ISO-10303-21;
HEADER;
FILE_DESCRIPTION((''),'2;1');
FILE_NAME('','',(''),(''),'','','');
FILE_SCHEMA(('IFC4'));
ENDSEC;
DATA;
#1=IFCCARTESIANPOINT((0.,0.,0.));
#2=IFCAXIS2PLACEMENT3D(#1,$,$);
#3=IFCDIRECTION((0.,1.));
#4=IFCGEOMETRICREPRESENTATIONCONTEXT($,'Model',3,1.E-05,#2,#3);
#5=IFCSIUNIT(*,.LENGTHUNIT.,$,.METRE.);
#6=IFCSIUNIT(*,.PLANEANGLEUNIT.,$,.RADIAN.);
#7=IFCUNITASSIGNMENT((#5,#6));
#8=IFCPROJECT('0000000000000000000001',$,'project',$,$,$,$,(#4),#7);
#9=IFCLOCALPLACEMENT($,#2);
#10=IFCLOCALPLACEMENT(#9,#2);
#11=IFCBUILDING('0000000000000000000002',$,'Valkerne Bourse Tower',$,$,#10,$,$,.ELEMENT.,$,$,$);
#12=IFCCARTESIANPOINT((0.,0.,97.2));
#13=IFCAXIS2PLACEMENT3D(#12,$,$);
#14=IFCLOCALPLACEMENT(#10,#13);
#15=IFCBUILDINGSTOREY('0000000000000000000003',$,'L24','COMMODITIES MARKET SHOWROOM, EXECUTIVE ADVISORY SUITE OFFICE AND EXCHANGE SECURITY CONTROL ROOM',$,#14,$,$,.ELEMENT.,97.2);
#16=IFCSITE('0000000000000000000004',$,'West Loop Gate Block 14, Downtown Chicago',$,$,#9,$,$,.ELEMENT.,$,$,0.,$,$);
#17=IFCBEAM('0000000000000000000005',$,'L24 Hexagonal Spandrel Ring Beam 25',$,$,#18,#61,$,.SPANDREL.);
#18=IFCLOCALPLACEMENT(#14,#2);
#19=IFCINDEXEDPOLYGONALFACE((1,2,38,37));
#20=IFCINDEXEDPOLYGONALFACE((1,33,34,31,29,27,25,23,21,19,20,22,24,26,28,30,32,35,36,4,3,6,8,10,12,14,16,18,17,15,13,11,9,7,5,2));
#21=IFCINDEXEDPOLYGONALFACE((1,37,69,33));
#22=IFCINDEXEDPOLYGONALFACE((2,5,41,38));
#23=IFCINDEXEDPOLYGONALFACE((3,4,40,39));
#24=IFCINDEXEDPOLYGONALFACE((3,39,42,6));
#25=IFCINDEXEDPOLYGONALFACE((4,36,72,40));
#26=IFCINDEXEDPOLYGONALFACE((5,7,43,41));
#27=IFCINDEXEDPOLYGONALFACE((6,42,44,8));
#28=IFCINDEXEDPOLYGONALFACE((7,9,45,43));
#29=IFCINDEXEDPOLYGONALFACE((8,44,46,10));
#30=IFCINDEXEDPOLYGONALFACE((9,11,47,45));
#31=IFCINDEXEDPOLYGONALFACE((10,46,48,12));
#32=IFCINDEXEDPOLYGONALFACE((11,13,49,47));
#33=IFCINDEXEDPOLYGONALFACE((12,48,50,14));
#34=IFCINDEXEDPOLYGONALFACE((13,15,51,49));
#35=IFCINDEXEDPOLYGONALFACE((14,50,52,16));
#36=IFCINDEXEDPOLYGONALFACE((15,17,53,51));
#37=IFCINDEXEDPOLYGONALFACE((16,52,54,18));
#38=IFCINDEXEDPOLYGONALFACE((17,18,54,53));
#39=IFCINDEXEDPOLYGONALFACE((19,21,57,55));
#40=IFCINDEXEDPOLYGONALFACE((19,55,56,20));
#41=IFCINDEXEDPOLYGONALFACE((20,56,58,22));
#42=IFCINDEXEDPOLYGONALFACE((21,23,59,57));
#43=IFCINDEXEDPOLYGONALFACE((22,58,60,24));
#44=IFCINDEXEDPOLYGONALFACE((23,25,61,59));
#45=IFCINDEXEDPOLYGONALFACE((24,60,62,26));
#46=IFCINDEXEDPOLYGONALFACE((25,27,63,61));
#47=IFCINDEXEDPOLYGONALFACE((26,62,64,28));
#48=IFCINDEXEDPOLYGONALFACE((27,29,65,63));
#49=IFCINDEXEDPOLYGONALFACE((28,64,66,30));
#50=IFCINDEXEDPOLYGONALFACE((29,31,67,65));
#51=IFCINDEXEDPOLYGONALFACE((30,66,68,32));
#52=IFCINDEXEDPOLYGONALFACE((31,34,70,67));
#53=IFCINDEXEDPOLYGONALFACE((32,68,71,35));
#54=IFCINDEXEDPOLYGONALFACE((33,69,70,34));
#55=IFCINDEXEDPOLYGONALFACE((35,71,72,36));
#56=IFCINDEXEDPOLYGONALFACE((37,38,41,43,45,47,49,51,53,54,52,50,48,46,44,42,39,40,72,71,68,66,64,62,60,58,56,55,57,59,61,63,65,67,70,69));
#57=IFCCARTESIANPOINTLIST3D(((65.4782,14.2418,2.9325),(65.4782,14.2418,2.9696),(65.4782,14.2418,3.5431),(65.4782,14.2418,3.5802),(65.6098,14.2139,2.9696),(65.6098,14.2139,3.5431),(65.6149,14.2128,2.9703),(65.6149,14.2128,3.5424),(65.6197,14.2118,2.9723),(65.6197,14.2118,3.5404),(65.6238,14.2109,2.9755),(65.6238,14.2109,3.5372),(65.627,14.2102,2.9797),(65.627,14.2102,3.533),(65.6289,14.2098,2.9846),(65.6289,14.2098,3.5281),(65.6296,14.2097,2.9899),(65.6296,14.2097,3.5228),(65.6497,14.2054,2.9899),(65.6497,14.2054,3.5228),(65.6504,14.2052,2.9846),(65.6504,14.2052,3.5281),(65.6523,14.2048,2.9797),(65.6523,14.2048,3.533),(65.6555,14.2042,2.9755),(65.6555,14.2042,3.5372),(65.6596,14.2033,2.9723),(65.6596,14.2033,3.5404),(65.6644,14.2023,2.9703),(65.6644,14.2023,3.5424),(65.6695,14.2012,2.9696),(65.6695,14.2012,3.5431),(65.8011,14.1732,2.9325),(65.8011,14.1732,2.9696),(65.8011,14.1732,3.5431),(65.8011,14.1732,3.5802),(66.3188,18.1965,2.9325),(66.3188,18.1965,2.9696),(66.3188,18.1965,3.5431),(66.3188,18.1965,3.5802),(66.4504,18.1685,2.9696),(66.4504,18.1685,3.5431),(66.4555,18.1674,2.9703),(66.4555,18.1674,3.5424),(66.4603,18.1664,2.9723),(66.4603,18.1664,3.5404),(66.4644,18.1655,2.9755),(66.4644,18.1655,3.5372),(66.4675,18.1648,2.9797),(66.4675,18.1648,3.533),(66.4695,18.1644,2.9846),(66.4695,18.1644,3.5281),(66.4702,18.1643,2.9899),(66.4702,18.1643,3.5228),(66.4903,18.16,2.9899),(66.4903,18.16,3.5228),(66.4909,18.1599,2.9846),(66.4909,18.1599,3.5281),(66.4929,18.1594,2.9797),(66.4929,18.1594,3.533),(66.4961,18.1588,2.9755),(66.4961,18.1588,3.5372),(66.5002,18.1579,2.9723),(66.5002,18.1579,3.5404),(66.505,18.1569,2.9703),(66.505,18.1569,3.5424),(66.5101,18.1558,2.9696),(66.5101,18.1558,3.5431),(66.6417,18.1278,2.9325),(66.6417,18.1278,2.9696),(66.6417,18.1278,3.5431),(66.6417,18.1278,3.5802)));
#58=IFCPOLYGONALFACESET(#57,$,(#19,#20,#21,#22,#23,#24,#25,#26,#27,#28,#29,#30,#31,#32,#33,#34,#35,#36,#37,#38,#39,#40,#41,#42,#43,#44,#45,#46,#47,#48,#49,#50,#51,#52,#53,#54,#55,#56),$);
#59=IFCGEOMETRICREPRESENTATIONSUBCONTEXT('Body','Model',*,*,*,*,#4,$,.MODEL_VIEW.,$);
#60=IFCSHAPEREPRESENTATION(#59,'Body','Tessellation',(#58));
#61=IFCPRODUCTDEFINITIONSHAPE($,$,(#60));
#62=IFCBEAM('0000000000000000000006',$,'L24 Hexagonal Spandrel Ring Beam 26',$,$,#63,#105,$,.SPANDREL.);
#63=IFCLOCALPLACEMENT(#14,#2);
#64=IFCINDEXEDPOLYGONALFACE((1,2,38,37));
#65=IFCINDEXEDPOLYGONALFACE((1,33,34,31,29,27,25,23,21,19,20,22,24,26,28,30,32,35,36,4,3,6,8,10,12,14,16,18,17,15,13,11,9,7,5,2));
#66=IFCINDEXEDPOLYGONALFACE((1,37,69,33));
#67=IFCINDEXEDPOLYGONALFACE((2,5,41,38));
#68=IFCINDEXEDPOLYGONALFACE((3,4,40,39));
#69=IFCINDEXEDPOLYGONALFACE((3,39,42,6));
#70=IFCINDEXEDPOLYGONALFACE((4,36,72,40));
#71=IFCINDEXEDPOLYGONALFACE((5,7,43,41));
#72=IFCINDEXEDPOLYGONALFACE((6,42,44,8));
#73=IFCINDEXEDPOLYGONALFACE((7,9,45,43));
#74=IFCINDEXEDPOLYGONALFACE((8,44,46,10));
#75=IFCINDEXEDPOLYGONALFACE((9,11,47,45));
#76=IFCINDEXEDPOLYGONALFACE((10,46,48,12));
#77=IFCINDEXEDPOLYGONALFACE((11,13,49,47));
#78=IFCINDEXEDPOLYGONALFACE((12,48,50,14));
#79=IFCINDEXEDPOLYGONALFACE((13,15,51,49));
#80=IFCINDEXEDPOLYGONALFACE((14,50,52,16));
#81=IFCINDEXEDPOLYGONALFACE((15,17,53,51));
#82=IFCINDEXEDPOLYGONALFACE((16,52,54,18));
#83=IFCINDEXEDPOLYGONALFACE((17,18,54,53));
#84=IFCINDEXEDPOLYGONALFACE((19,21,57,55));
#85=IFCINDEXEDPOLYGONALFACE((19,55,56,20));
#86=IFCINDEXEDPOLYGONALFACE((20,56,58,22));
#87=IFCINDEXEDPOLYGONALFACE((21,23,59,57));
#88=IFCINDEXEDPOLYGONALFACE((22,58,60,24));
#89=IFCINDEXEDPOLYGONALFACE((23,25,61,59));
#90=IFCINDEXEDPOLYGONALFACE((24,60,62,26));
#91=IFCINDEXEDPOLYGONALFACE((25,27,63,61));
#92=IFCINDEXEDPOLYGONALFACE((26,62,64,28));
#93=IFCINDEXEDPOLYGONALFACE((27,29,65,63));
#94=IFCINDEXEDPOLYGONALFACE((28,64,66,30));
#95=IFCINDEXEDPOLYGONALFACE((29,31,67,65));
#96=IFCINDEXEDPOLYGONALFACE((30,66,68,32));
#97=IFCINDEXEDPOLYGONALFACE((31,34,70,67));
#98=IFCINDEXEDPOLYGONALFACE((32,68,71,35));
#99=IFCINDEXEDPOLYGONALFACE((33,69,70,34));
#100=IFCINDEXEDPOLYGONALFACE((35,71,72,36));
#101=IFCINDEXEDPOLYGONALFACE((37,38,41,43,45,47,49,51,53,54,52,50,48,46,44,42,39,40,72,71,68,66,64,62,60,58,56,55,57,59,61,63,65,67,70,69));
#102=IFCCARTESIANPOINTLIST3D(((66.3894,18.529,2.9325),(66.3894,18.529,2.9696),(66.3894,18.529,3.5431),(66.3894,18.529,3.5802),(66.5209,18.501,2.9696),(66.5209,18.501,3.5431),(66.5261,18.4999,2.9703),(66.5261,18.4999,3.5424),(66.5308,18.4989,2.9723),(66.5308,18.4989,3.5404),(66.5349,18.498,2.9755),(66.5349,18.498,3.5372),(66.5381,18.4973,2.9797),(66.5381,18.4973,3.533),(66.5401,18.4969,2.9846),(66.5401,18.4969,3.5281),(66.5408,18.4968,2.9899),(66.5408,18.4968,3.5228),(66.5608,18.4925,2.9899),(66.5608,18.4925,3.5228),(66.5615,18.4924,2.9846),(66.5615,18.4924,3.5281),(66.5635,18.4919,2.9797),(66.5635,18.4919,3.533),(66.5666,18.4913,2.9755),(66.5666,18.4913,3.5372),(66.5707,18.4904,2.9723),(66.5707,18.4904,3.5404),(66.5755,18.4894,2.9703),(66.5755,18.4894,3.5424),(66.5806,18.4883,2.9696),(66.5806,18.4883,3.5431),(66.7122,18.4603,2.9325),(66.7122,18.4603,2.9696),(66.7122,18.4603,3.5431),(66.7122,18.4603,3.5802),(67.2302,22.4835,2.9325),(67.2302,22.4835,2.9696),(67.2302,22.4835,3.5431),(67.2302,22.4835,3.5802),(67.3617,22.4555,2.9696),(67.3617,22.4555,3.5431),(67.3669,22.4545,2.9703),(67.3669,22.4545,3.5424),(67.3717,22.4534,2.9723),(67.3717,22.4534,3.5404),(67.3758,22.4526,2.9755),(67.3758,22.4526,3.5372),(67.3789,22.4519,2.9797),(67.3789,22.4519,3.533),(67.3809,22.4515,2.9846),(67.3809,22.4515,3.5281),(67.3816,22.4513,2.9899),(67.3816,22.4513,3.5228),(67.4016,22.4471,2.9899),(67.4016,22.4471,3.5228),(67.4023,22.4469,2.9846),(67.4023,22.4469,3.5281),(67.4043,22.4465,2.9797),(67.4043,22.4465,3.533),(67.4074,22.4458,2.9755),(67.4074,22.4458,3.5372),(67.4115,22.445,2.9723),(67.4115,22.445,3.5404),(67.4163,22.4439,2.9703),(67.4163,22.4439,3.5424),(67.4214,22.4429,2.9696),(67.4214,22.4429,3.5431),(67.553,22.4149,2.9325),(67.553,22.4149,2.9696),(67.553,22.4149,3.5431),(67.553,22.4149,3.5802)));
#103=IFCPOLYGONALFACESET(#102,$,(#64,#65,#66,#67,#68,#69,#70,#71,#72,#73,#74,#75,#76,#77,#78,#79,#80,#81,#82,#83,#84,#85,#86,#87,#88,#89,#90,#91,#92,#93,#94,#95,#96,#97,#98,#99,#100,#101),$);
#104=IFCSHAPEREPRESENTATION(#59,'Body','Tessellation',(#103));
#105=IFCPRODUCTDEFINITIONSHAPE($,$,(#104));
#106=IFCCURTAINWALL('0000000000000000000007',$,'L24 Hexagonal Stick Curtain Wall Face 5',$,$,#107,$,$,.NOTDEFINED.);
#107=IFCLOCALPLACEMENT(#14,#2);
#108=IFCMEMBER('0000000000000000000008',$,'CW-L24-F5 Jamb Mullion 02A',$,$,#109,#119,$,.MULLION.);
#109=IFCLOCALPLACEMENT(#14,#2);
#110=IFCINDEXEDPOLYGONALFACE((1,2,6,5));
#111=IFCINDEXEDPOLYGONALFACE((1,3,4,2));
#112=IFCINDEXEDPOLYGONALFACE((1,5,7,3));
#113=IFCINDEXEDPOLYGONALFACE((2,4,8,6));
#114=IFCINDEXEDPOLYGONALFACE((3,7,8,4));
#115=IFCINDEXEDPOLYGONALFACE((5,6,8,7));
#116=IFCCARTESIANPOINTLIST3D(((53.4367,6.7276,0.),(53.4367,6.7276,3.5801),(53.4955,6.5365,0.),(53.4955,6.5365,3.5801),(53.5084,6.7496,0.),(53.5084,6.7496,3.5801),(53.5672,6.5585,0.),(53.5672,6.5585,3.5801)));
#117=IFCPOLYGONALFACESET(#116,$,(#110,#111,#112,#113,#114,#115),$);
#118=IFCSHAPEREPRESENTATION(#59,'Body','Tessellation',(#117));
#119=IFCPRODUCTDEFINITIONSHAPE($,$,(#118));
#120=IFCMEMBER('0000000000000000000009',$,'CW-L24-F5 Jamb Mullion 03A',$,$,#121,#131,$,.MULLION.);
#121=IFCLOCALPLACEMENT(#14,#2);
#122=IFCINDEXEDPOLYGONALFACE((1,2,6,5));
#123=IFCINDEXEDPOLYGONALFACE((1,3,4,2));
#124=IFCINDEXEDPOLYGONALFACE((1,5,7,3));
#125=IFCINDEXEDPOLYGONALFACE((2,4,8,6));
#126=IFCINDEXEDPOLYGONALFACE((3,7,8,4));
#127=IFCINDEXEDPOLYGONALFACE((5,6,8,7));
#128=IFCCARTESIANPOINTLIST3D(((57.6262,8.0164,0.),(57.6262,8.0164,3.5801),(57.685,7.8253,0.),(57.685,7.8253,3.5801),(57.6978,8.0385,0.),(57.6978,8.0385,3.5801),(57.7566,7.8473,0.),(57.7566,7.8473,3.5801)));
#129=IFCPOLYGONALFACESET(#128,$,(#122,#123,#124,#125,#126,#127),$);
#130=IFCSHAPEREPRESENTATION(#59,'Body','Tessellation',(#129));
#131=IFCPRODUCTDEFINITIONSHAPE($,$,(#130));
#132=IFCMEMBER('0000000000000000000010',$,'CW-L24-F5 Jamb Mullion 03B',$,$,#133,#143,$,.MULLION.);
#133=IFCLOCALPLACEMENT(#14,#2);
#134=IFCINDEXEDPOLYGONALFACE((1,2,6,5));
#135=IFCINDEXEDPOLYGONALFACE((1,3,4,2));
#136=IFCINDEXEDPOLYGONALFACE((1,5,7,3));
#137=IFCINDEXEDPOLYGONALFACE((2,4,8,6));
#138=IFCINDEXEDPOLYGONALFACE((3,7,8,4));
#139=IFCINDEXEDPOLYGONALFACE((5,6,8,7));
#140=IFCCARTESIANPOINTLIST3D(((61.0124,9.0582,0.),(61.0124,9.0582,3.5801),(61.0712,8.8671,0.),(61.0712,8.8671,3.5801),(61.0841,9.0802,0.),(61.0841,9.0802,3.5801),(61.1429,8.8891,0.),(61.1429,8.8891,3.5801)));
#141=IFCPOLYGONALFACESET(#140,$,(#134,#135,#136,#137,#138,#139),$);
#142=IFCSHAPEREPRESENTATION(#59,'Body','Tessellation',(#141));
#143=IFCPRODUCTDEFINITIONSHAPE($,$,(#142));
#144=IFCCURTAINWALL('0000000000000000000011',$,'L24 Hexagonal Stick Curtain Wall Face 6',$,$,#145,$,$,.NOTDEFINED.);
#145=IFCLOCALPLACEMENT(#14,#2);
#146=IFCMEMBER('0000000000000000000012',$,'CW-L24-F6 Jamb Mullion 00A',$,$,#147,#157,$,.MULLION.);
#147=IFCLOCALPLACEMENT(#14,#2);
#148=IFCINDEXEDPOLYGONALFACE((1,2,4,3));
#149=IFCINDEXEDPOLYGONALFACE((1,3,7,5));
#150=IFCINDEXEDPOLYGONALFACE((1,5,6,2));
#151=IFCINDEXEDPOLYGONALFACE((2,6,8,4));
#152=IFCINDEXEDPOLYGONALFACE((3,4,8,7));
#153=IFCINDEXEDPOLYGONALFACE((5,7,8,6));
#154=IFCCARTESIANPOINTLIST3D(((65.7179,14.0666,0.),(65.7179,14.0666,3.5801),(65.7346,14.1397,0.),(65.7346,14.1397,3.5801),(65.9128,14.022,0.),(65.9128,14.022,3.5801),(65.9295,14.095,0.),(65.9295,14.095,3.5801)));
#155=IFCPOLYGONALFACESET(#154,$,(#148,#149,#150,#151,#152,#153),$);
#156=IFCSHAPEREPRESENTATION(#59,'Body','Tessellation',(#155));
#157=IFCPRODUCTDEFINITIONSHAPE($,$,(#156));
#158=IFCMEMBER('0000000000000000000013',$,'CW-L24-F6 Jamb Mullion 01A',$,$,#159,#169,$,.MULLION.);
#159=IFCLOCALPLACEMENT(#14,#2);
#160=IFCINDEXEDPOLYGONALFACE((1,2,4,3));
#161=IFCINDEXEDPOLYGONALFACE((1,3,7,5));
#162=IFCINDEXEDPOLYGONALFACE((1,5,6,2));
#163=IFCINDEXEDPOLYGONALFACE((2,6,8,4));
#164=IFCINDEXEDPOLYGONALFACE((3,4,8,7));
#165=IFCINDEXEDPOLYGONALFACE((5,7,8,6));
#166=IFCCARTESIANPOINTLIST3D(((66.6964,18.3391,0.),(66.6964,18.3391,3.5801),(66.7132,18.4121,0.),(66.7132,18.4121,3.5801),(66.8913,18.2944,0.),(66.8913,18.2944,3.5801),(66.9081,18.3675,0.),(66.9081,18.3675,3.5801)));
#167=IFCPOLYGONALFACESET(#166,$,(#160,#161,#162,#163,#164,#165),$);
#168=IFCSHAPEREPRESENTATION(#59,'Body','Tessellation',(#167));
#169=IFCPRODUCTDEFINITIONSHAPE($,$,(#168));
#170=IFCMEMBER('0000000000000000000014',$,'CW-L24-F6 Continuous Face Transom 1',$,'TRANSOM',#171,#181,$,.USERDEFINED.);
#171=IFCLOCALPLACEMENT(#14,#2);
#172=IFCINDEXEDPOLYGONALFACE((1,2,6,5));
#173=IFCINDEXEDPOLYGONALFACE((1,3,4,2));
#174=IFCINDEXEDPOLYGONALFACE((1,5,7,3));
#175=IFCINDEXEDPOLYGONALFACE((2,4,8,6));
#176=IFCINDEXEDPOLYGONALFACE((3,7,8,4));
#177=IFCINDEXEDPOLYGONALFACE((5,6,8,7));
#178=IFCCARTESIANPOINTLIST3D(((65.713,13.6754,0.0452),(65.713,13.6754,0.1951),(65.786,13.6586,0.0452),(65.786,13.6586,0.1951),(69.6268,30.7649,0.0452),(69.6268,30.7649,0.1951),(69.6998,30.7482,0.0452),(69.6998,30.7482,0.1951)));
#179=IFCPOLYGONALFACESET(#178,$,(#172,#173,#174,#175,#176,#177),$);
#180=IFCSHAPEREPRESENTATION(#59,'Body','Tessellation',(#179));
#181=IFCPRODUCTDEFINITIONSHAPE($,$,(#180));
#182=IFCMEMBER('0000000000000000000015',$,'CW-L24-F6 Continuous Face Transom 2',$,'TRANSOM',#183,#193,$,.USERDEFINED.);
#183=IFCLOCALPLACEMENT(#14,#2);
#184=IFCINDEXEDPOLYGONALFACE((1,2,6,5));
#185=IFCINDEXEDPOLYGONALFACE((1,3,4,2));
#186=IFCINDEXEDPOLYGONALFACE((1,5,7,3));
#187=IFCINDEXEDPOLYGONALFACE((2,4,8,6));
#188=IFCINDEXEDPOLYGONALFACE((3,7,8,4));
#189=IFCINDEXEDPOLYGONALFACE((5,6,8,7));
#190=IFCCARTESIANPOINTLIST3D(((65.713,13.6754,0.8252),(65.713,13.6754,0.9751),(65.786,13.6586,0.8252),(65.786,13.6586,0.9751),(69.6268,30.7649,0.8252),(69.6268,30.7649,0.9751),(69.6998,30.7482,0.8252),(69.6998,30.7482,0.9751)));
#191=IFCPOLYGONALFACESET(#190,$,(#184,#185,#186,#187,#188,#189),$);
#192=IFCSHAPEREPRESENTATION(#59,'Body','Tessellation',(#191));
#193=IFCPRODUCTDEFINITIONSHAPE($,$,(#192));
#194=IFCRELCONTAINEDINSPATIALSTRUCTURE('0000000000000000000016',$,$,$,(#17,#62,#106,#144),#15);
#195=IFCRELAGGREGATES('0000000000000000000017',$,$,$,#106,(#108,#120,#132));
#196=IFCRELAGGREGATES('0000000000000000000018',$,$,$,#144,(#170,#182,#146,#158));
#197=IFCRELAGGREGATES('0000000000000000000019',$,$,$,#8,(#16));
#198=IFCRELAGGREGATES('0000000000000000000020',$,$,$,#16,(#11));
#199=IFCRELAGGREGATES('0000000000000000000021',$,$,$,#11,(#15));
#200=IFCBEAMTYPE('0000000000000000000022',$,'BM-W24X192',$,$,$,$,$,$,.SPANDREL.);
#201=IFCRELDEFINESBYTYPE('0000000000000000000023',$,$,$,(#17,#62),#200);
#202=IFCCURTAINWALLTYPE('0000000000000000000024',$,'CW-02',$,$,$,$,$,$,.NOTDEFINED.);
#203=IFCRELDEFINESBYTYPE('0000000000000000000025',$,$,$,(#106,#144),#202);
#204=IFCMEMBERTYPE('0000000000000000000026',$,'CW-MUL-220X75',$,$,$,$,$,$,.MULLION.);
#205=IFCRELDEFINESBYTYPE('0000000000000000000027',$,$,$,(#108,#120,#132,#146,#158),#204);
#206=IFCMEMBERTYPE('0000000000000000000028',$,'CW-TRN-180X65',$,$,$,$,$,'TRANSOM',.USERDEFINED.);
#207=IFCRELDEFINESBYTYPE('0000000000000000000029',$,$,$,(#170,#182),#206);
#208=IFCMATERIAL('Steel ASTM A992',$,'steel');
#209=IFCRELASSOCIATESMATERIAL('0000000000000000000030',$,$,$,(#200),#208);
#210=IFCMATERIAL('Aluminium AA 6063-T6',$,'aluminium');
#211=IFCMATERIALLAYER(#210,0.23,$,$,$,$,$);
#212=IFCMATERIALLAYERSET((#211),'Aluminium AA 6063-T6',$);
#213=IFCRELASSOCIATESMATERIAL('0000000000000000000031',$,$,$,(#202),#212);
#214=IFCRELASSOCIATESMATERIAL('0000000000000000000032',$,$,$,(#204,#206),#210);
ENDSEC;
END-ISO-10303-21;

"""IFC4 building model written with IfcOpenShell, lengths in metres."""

from ifc_helpers import new_model, si_unit, direction, frame, origin, origin_2d, place, context, subcontext, project, spatial, rectangle, i_section, extrude, material, layer, layer_set, material_profile, profile_set, type_object, element, aggregate, save


model = new_model("IFC4")

# Units and contexts
model_context = context("Model", 3, precision=1e-05, world=origin(), true_north=direction((0.0, 1.0)))
body_context = subcontext(model_context, "Body", "Model", "MODEL_VIEW")
ifc_project = project(units=[si_unit("LENGTHUNIT", "METRE"), si_unit("PLANEANGLEUNIT", "RADIAN")], contexts=[model_context])

# Site, building, storey
site_placement = place(None, origin())
site = spatial("IfcSite", under=ifc_project, at=site_placement, Name="West Loop Gate Block 14, Downtown Chicago", CompositionType="ELEMENT", RefElevation=0.0)
building_placement = place(site_placement, origin())
building = spatial("IfcBuilding", under=site, at=building_placement, Name="Valkerne Bourse Tower", CompositionType="ELEMENT")
storey_placement = place(building_placement, frame((0.0, 0.0, 97.2)))
storey = spatial("IfcBuildingStorey", under=building, at=storey_placement, Name="L24", Description="COMMODITIES MARKET SHOWROOM, EXECUTIVE ADVISORY SUITE OFFICE AND EXCHANGE SECURITY CONTROL ROOM", CompositionType="ELEMENT", Elevation=97.2)

# Beams
ifc_material_1 = material(Name="Steel ASTM A992", Category="steel")
ifc_material_profile_1 = material_profile(ifc_material_1, i_section(OverallWidth=0.3301, OverallDepth=0.6477, WebThickness=0.0205, FlangeThickness=0.0371, FilletRadius=0.0203, at=origin_2d()), Name="W24X192")
ifc_profile_set_1 = profile_set([ifc_material_profile_1], Name="Steel ASTM A992")
beam_type = type_object("IfcBeamType", Name="BM-W24X192", PredefinedType="SPANDREL", material=ifc_profile_set_1)
for number, where, z_axis, x_axis, name in (
    (1, (65.6396, 14.2075, 3.2563), (0.207912, 0.978147, 0.0), (-0.978147, 0.207912, 0.0), "L24 Hexagonal Spandrel Ring Beam 25"),
    (2, (66.5508, 18.4946, 3.2563), (0.20797, 0.978135, 0.0), (-0.978135, 0.20797, 0.0), "L24 Hexagonal Spandrel Ring Beam 26"),
):
    element("IfcBeam", number, at=place(storey_placement, frame(where, z_axis=z_axis, x_axis=x_axis)), inside=storey, type_object=beam_type, Name=name, PredefinedType="SPANDREL", context=body_context, shape_type="SweptSolid", body=[
        extrude(i_section(OverallWidth=0.3301, OverallDepth=0.6477, WebThickness=0.0205, FlangeThickness=0.0371, FilletRadius=0.0203, at=origin_2d()), origin(), (0.0, 0.0, 1.0), 4.043),
    ])

# Curtain walls, members
ifc_material_2 = material(Name="Aluminium AA 6063-T6", Category="aluminium")
ifc_layer_1 = layer(ifc_material_2, 0.23)
ifc_layer_set_1 = layer_set([ifc_layer_1], Name="Aluminium AA 6063-T6")
curtain_wall_type = type_object("IfcCurtainWallType", Name="CW-02", PredefinedType="NOTDEFINED", material=ifc_layer_set_1)
curtain_wall_1_placement = place(storey_placement, origin())
curtain_wall_1 = element("IfcCurtainWall", 3, at=curtain_wall_1_placement, inside=storey, type_object=curtain_wall_type, Name="L24 Hexagonal Stick Curtain Wall Face 5", PredefinedType="NOTDEFINED")
ifc_material_profile_2 = material_profile(ifc_material_2, rectangle(XDim=0.075, YDim=0.2, at=origin_2d()), Name="CWM-75X200")
ifc_profile_set_2 = profile_set([ifc_material_profile_2], Name="Aluminium AA 6063-T6")
member_type_1 = type_object("IfcMemberType", Name="CW-MUL-220X75", PredefinedType="MULLION", material=ifc_profile_set_2)
member_1_placement = place(storey_placement, frame((53.502, 6.6431, 0.0), z_axis=(0.0, 0.0, 1.0), x_axis=(0.955793, 0.294041, 0.0)))
member_1 = element("IfcMember", 4, at=member_1_placement, type_object=member_type_1, Name="CW-L24-F5 Jamb Mullion 02A", PredefinedType="MULLION", context=body_context, shape_type="SweptSolid", body=[
    extrude(rectangle(XDim=0.075, YDim=0.2, at=origin_2d()), origin(), (0.0, 0.0, 1.0), 3.5801),
])
member_2_placement = place(storey_placement, frame((57.6914, 7.9319, 0.0), z_axis=(0.0, 0.0, 1.0), x_axis=(0.955791, 0.294047, 0.0)))
member_2 = element("IfcMember", 5, at=member_2_placement, type_object=member_type_1, Name="CW-L24-F5 Jamb Mullion 03A", PredefinedType="MULLION", context=body_context, shape_type="SweptSolid", body=[
    extrude(rectangle(XDim=0.075, YDim=0.2, at=origin_2d()), origin(), (0.0, 0.0, 1.0), 3.5801),
])
member_3_placement = place(storey_placement, frame((61.0776, 8.9736, 0.0), z_axis=(0.0, 0.0, 1.0), x_axis=(0.955791, 0.294047, 0.0)))
member_3 = element("IfcMember", 6, at=member_3_placement, type_object=member_type_1, Name="CW-L24-F5 Jamb Mullion 03B", PredefinedType="MULLION", context=body_context, shape_type="SweptSolid", body=[
    extrude(rectangle(XDim=0.075, YDim=0.2, at=origin_2d()), origin(), (0.0, 0.0, 1.0), 3.5801),
])
curtain_wall_2_placement = place(storey_placement, origin())
curtain_wall_2 = element("IfcCurtainWall", 7, at=curtain_wall_2_placement, inside=storey, type_object=curtain_wall_type, Name="L24 Hexagonal Stick Curtain Wall Face 6", PredefinedType="NOTDEFINED")
member_4_placement = place(storey_placement, frame((65.8237, 14.0808, 0.0), z_axis=(0.0, 0.0, 1.0), x_axis=(0.223248, 0.974762, 0.0)))
member_4 = element("IfcMember", 8, at=member_4_placement, type_object=member_type_1, Name="CW-L24-F6 Jamb Mullion 00A", PredefinedType="MULLION", context=body_context, shape_type="SweptSolid", body=[
    extrude(rectangle(XDim=0.075, YDim=0.2, at=origin_2d()), origin(), (0.0, 0.0, 1.0), 3.5801),
])
member_5_placement = place(storey_placement, frame((66.8022, 18.3533, 0.0), z_axis=(0.0, 0.0, 1.0), x_axis=(0.223248, 0.974762, 0.0)))
member_5 = element("IfcMember", 9, at=member_5_placement, type_object=member_type_1, Name="CW-L24-F6 Jamb Mullion 01A", PredefinedType="MULLION", context=body_context, shape_type="SweptSolid", body=[
    extrude(rectangle(XDim=0.075, YDim=0.2, at=origin_2d()), origin(), (0.0, 0.0, 1.0), 3.5801),
])
ifc_material_profile_3 = material_profile(ifc_material_2, rectangle(XDim=0.075, YDim=0.1499, at=origin_2d()), Name="CWT-75X150")
ifc_profile_set_3 = profile_set([ifc_material_profile_3], Name="Aluminium AA 6063-T6")
member_type_2 = type_object("IfcMemberType", Name="CW-TRN-180X65", ElementType="TRANSOM", PredefinedType="USERDEFINED", material=ifc_profile_set_3)
member_6_placement = place(storey_placement, frame((65.7495, 13.667, 0.1201), z_axis=(0.223238, 0.974764, 0.0), x_axis=(-0.974764, 0.223238, 0.0)))
member_6 = element("IfcMember", 10, at=member_6_placement, type_object=member_type_2, Name="CW-L24-F6 Continuous Face Transom 1", ObjectType="TRANSOM", PredefinedType="USERDEFINED", context=body_context, shape_type="SweptSolid", body=[
    extrude(rectangle(XDim=0.075, YDim=0.1499, at=origin_2d()), origin(), (0.0, 0.0, 1.0), 17.532),
])
member_7_placement = place(storey_placement, frame((65.7495, 13.667, 0.9001), z_axis=(0.223238, 0.974764, 0.0), x_axis=(-0.974764, 0.223238, 0.0)))
member_7 = element("IfcMember", 11, at=member_7_placement, type_object=member_type_2, Name="CW-L24-F6 Continuous Face Transom 2", ObjectType="TRANSOM", PredefinedType="USERDEFINED", context=body_context, shape_type="SweptSolid", body=[
    extrude(rectangle(XDim=0.075, YDim=0.1499, at=origin_2d()), origin(), (0.0, 0.0, 1.0), 17.532),
])

aggregate(curtain_wall_1, [member_1, member_2, member_3])
aggregate(curtain_wall_2, [member_6, member_7, member_4, member_5])

save(model, "model.ifc")
